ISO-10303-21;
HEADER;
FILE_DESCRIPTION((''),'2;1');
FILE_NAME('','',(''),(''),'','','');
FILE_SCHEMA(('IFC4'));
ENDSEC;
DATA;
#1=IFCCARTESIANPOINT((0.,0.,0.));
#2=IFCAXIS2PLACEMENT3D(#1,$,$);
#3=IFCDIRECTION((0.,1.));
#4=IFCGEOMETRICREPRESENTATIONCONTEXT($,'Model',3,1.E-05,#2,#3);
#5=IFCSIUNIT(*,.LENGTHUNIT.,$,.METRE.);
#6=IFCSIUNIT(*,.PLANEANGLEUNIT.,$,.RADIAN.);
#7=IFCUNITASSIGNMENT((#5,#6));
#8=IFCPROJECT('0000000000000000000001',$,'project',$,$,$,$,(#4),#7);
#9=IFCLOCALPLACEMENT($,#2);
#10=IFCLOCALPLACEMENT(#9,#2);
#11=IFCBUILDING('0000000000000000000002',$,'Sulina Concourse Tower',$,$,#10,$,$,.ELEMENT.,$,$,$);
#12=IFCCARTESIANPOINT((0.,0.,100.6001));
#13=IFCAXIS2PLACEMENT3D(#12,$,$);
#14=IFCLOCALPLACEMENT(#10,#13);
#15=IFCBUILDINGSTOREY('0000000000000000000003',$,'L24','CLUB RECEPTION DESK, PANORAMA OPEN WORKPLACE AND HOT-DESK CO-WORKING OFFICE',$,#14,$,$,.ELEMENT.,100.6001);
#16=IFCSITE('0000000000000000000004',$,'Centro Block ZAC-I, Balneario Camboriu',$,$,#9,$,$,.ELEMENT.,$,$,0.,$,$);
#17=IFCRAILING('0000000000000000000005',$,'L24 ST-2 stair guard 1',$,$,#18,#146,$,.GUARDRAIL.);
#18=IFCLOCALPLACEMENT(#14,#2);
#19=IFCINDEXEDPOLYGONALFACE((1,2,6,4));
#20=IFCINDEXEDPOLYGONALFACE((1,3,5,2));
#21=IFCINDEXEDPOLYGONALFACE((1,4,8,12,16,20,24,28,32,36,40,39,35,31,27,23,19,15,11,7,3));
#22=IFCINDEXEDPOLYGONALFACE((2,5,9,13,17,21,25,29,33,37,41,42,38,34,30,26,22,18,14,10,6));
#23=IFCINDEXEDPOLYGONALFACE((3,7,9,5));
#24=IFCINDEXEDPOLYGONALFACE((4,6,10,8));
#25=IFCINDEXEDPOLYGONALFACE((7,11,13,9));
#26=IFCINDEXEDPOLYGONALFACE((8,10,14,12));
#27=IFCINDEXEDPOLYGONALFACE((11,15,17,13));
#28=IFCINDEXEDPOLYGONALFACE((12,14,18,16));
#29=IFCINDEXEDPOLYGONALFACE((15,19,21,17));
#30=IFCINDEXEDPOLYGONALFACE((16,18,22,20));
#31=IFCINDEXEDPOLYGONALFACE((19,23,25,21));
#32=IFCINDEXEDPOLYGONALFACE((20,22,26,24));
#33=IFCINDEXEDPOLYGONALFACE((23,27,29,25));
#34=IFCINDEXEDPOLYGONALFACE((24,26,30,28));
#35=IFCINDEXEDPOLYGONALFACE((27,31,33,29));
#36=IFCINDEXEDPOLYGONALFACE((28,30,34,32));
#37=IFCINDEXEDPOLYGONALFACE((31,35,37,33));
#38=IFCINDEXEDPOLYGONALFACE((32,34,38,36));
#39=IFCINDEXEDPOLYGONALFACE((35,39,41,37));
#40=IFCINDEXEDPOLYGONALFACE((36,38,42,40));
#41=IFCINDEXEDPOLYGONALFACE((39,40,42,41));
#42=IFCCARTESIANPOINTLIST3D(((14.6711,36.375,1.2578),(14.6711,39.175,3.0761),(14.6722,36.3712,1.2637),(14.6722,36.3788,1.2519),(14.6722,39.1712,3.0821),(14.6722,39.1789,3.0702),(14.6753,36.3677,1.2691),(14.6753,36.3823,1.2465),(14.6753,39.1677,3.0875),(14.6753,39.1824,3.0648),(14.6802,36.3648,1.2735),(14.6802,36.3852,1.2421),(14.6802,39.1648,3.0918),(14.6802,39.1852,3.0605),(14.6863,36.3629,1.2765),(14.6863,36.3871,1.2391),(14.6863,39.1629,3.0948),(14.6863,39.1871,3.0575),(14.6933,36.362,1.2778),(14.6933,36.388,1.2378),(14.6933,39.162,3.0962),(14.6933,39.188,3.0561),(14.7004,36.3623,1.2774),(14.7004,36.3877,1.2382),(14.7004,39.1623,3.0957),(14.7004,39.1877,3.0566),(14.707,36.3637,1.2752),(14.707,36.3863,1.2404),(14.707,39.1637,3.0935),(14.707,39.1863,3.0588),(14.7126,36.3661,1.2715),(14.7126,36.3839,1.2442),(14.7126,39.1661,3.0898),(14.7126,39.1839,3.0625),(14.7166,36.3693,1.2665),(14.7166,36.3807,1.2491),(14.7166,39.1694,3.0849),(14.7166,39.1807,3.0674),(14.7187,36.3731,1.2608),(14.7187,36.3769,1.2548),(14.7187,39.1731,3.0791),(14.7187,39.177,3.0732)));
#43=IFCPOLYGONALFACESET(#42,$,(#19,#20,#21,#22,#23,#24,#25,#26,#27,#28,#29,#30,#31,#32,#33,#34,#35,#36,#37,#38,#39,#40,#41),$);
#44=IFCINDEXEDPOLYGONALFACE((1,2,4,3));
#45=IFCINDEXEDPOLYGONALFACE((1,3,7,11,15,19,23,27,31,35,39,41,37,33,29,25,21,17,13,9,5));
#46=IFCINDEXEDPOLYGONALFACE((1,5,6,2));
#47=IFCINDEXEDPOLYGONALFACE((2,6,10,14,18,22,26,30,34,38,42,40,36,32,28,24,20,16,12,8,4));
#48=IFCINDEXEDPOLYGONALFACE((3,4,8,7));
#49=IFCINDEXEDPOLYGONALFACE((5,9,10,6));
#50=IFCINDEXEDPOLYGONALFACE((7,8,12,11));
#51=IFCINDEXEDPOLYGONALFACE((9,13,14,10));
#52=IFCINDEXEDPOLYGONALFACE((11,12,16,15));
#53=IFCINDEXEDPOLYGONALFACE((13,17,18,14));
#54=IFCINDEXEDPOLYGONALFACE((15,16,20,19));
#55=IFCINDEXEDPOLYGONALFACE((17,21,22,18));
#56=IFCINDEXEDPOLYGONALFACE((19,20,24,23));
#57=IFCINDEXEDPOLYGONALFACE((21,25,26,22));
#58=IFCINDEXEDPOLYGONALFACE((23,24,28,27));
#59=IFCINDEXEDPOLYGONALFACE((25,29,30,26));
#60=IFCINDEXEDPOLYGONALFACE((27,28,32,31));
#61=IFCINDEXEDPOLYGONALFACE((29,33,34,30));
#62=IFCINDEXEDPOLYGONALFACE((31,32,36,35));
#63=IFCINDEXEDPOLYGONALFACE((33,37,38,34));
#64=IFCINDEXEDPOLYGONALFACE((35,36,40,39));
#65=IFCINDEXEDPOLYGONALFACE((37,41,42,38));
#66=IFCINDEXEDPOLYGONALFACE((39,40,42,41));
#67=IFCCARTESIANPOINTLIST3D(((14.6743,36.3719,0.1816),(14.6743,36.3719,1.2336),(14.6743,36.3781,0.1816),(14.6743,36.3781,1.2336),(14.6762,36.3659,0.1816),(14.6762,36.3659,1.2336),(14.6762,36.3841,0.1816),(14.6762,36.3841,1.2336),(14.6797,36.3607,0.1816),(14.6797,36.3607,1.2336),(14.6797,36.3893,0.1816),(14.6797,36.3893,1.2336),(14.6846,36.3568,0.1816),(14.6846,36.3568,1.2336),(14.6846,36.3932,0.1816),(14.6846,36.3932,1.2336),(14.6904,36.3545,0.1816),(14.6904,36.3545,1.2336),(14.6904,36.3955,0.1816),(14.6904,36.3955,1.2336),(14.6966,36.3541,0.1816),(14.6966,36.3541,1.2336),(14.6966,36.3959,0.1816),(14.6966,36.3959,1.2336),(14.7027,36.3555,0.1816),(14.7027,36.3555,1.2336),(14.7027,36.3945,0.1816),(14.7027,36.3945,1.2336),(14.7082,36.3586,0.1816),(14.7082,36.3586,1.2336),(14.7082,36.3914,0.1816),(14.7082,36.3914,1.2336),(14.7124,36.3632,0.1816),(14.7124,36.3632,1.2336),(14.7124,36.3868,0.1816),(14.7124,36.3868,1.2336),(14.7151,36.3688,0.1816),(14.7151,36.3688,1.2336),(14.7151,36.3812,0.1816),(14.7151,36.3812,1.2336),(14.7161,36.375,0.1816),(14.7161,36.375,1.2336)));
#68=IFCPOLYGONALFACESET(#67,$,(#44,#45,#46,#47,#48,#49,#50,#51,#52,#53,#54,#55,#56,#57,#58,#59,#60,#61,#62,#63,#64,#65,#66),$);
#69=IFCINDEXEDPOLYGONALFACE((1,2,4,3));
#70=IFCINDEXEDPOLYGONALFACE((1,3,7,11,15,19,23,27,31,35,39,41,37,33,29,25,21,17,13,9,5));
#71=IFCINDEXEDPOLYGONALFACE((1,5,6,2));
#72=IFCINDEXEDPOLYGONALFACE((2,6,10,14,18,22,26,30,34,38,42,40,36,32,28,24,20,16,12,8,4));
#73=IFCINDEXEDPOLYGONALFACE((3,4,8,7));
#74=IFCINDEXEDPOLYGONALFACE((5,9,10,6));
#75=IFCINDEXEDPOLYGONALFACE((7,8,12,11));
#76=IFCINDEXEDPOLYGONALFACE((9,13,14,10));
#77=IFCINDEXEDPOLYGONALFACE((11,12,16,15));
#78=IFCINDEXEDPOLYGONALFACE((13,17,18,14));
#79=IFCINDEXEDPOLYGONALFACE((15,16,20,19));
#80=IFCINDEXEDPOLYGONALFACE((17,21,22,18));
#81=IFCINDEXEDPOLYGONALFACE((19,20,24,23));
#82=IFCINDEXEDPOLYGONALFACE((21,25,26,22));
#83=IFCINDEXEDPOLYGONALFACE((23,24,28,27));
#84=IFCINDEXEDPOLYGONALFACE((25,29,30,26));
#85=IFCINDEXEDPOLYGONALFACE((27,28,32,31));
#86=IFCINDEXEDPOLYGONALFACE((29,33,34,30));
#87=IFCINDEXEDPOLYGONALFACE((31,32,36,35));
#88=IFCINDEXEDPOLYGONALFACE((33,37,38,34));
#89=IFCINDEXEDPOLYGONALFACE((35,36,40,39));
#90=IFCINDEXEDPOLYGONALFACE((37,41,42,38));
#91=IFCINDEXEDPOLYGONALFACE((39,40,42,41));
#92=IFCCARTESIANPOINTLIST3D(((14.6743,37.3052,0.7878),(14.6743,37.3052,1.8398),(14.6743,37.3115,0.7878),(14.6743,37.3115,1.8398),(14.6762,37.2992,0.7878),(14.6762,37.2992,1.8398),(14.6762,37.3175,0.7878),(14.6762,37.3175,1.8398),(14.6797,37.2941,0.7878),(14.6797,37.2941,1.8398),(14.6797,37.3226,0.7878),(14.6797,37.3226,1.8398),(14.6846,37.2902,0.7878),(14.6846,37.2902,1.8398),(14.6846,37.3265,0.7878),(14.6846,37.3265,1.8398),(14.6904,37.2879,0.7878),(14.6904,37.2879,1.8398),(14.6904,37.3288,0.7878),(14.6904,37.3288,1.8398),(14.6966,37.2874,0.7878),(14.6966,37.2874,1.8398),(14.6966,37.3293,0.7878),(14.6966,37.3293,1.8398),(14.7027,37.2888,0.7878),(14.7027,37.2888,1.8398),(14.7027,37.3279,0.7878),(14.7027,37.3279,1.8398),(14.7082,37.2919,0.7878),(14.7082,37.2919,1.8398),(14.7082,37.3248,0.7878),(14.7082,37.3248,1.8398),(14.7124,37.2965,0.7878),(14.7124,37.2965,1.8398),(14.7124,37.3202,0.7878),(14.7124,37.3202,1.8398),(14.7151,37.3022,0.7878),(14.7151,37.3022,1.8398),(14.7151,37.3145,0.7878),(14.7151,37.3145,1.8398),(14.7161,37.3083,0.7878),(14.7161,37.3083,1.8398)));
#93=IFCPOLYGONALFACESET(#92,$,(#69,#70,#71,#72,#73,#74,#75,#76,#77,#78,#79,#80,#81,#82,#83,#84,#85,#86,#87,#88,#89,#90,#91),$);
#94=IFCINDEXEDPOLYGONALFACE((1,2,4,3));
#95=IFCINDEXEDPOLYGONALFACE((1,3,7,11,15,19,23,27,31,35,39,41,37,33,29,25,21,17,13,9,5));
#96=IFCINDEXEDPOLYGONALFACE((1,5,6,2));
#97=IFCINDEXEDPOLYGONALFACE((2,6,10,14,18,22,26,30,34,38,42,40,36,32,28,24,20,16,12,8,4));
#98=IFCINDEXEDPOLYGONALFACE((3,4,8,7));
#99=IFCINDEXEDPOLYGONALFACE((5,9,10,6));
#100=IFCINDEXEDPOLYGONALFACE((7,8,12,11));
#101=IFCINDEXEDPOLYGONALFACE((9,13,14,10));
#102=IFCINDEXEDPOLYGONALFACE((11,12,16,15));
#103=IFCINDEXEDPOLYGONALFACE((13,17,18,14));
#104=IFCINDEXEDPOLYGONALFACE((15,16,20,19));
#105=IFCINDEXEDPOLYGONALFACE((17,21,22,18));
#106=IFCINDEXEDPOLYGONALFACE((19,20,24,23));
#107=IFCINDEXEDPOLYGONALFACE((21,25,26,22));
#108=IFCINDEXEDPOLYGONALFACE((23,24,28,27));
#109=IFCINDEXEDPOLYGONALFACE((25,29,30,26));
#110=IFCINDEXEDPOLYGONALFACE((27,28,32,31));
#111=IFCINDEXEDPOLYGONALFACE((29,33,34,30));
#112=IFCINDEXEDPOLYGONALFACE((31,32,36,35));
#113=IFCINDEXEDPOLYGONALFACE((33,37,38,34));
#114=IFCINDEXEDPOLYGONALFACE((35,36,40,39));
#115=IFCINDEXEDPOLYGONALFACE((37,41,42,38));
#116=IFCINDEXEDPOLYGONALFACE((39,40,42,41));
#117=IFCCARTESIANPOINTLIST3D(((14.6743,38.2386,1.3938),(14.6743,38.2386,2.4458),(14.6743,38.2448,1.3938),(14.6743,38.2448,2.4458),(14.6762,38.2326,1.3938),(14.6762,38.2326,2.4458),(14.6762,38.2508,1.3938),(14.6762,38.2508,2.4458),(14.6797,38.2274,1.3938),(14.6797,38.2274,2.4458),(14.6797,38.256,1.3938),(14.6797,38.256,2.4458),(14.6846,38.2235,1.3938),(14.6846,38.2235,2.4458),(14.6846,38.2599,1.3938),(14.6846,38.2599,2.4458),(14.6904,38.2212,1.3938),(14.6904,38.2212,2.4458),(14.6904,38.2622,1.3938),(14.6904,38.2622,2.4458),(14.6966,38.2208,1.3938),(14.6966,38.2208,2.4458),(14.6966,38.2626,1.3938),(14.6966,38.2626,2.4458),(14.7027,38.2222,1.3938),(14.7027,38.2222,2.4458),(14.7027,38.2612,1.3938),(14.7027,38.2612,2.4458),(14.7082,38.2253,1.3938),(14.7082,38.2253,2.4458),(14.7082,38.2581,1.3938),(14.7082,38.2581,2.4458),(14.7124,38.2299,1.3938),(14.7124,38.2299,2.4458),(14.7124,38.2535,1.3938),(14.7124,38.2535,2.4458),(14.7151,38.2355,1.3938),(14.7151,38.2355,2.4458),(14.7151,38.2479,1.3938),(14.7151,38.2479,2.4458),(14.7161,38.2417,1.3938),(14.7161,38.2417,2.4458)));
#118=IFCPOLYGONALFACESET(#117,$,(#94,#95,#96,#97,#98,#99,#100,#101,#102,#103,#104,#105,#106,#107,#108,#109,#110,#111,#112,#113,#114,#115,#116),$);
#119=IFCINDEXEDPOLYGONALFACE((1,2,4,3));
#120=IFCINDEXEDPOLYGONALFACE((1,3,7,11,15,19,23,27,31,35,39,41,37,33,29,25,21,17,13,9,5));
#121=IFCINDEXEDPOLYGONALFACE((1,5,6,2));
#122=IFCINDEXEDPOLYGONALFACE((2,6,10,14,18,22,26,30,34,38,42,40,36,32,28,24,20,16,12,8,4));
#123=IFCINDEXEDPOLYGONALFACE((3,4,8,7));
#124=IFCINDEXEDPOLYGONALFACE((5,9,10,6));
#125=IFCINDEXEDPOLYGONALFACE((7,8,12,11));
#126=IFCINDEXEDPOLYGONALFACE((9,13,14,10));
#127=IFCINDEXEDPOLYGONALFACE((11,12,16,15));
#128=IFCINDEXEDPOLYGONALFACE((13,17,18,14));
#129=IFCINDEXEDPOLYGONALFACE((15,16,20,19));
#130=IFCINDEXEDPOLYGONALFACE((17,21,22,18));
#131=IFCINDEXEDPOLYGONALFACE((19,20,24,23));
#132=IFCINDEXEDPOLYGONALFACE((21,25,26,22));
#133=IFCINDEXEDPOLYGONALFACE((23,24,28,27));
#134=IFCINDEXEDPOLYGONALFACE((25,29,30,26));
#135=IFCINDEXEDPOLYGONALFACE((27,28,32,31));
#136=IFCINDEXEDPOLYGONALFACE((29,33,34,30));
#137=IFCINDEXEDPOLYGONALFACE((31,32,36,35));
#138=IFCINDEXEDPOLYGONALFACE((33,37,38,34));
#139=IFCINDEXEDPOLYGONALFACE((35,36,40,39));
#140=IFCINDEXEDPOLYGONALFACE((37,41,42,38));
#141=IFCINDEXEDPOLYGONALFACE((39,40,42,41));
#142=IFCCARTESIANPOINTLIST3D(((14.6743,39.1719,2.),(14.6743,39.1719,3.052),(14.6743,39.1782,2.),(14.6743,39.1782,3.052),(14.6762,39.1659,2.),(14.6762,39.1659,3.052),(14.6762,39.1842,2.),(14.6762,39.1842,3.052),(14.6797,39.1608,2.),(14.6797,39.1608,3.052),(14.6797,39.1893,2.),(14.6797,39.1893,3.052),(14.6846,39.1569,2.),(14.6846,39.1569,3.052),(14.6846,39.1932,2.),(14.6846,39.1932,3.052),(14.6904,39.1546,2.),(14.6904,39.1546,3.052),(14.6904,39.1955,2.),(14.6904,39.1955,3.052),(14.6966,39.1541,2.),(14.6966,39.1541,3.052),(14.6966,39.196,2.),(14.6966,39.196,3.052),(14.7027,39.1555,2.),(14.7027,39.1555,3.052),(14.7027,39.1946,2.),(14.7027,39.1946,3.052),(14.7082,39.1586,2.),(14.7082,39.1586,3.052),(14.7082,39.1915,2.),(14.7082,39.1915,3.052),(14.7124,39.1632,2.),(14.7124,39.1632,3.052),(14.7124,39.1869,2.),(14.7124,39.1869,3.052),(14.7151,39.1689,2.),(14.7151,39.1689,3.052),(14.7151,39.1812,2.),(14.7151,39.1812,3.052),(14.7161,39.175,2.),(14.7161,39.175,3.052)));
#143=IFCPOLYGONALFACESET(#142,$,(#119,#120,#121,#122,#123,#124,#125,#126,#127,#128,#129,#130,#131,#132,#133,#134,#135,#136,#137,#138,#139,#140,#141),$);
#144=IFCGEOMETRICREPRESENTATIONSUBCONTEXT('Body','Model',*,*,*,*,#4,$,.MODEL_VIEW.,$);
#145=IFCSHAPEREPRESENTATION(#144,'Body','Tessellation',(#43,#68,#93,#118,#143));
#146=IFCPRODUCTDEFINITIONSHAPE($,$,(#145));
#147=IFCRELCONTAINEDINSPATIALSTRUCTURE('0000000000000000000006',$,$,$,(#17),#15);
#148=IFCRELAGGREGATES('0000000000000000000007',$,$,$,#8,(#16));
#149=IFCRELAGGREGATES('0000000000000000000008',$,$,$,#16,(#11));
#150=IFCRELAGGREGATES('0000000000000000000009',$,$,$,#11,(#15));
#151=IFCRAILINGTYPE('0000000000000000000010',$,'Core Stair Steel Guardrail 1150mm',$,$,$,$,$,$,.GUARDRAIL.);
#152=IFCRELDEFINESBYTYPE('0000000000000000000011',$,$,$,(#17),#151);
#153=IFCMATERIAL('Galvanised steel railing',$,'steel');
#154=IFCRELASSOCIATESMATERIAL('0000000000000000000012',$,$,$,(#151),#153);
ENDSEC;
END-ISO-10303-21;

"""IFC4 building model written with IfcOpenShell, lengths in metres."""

from ifc_helpers import new_model, si_unit, direction, frame, origin, origin_2d, place, context, subcontext, project, spatial, circle, extrude, material, type_object, element, save


model = new_model("IFC4")

# Units and contexts
model_context = context("Model", 3, precision=1e-05, world=origin(), true_north=direction((0.0, 1.0)))
body_context = subcontext(model_context, "Body", "Model", "MODEL_VIEW")
ifc_project = project(units=[si_unit("LENGTHUNIT", "METRE"), si_unit("PLANEANGLEUNIT", "RADIAN")], contexts=[model_context])

# Site, building, storey
site_placement = place(None, origin())
site = spatial("IfcSite", under=ifc_project, at=site_placement, Name="Centro Block ZAC-I, Balneario Camboriu", CompositionType="ELEMENT", RefElevation=0.0)
building_placement = place(site_placement, origin())
building = spatial("IfcBuilding", under=site, at=building_placement, Name="Sulina Concourse Tower", CompositionType="ELEMENT")
storey_placement = place(building_placement, frame((0.0, 0.0, 100.6001)))
storey = spatial("IfcBuildingStorey", under=building, at=storey_placement, Name="L24", Description="CLUB RECEPTION DESK, PANORAMA OPEN WORKPLACE AND HOT-DESK CO-WORKING OFFICE", CompositionType="ELEMENT", Elevation=100.6001)

# Railing
ifc_material_1 = material(Name="Galvanised steel railing", Category="steel")
railing_type_1 = type_object("IfcRailingType", Name="Core Stair Steel Guardrail 1150mm", PredefinedType="GUARDRAIL", material=ifc_material_1)
railing_1_placement = place(storey_placement, frame((14.6951, 36.375, 0.1816)))
element("IfcRailing", 1, at=railing_1_placement, inside=storey, type_object=railing_type_1, Name="L24 ST-2 stair guard 1", PredefinedType="GUARDRAIL", context=body_context, shape_type="SweptSolid", body=[
    extrude(circle(Radius=0.0239, at=origin_2d()), frame((0.0, 0.0, 1.0762), z_axis=(0.0, 0.838672, 0.544636), x_axis=(-1.0, 0.0, 0.0)), (0.0, 0.0, 1.0), 3.3386),
    extrude(circle(Radius=0.021, at=origin_2d()), origin(), (0.0, 0.0, 1.0), 1.052),
    extrude(circle(Radius=0.021, at=origin_2d()), frame((0.0, 0.9333, 0.6062)), (0.0, 0.0, 1.0), 1.052),
    extrude(circle(Radius=0.021, at=origin_2d()), frame((0.0, 1.8667, 1.2122)), (0.0, 0.0, 1.0), 1.052),
    extrude(circle(Radius=0.021, at=origin_2d()), frame((0.0, 2.8, 1.8184)), (0.0, 0.0, 1.0), 1.052),
])

save(model, "model.ifc")
